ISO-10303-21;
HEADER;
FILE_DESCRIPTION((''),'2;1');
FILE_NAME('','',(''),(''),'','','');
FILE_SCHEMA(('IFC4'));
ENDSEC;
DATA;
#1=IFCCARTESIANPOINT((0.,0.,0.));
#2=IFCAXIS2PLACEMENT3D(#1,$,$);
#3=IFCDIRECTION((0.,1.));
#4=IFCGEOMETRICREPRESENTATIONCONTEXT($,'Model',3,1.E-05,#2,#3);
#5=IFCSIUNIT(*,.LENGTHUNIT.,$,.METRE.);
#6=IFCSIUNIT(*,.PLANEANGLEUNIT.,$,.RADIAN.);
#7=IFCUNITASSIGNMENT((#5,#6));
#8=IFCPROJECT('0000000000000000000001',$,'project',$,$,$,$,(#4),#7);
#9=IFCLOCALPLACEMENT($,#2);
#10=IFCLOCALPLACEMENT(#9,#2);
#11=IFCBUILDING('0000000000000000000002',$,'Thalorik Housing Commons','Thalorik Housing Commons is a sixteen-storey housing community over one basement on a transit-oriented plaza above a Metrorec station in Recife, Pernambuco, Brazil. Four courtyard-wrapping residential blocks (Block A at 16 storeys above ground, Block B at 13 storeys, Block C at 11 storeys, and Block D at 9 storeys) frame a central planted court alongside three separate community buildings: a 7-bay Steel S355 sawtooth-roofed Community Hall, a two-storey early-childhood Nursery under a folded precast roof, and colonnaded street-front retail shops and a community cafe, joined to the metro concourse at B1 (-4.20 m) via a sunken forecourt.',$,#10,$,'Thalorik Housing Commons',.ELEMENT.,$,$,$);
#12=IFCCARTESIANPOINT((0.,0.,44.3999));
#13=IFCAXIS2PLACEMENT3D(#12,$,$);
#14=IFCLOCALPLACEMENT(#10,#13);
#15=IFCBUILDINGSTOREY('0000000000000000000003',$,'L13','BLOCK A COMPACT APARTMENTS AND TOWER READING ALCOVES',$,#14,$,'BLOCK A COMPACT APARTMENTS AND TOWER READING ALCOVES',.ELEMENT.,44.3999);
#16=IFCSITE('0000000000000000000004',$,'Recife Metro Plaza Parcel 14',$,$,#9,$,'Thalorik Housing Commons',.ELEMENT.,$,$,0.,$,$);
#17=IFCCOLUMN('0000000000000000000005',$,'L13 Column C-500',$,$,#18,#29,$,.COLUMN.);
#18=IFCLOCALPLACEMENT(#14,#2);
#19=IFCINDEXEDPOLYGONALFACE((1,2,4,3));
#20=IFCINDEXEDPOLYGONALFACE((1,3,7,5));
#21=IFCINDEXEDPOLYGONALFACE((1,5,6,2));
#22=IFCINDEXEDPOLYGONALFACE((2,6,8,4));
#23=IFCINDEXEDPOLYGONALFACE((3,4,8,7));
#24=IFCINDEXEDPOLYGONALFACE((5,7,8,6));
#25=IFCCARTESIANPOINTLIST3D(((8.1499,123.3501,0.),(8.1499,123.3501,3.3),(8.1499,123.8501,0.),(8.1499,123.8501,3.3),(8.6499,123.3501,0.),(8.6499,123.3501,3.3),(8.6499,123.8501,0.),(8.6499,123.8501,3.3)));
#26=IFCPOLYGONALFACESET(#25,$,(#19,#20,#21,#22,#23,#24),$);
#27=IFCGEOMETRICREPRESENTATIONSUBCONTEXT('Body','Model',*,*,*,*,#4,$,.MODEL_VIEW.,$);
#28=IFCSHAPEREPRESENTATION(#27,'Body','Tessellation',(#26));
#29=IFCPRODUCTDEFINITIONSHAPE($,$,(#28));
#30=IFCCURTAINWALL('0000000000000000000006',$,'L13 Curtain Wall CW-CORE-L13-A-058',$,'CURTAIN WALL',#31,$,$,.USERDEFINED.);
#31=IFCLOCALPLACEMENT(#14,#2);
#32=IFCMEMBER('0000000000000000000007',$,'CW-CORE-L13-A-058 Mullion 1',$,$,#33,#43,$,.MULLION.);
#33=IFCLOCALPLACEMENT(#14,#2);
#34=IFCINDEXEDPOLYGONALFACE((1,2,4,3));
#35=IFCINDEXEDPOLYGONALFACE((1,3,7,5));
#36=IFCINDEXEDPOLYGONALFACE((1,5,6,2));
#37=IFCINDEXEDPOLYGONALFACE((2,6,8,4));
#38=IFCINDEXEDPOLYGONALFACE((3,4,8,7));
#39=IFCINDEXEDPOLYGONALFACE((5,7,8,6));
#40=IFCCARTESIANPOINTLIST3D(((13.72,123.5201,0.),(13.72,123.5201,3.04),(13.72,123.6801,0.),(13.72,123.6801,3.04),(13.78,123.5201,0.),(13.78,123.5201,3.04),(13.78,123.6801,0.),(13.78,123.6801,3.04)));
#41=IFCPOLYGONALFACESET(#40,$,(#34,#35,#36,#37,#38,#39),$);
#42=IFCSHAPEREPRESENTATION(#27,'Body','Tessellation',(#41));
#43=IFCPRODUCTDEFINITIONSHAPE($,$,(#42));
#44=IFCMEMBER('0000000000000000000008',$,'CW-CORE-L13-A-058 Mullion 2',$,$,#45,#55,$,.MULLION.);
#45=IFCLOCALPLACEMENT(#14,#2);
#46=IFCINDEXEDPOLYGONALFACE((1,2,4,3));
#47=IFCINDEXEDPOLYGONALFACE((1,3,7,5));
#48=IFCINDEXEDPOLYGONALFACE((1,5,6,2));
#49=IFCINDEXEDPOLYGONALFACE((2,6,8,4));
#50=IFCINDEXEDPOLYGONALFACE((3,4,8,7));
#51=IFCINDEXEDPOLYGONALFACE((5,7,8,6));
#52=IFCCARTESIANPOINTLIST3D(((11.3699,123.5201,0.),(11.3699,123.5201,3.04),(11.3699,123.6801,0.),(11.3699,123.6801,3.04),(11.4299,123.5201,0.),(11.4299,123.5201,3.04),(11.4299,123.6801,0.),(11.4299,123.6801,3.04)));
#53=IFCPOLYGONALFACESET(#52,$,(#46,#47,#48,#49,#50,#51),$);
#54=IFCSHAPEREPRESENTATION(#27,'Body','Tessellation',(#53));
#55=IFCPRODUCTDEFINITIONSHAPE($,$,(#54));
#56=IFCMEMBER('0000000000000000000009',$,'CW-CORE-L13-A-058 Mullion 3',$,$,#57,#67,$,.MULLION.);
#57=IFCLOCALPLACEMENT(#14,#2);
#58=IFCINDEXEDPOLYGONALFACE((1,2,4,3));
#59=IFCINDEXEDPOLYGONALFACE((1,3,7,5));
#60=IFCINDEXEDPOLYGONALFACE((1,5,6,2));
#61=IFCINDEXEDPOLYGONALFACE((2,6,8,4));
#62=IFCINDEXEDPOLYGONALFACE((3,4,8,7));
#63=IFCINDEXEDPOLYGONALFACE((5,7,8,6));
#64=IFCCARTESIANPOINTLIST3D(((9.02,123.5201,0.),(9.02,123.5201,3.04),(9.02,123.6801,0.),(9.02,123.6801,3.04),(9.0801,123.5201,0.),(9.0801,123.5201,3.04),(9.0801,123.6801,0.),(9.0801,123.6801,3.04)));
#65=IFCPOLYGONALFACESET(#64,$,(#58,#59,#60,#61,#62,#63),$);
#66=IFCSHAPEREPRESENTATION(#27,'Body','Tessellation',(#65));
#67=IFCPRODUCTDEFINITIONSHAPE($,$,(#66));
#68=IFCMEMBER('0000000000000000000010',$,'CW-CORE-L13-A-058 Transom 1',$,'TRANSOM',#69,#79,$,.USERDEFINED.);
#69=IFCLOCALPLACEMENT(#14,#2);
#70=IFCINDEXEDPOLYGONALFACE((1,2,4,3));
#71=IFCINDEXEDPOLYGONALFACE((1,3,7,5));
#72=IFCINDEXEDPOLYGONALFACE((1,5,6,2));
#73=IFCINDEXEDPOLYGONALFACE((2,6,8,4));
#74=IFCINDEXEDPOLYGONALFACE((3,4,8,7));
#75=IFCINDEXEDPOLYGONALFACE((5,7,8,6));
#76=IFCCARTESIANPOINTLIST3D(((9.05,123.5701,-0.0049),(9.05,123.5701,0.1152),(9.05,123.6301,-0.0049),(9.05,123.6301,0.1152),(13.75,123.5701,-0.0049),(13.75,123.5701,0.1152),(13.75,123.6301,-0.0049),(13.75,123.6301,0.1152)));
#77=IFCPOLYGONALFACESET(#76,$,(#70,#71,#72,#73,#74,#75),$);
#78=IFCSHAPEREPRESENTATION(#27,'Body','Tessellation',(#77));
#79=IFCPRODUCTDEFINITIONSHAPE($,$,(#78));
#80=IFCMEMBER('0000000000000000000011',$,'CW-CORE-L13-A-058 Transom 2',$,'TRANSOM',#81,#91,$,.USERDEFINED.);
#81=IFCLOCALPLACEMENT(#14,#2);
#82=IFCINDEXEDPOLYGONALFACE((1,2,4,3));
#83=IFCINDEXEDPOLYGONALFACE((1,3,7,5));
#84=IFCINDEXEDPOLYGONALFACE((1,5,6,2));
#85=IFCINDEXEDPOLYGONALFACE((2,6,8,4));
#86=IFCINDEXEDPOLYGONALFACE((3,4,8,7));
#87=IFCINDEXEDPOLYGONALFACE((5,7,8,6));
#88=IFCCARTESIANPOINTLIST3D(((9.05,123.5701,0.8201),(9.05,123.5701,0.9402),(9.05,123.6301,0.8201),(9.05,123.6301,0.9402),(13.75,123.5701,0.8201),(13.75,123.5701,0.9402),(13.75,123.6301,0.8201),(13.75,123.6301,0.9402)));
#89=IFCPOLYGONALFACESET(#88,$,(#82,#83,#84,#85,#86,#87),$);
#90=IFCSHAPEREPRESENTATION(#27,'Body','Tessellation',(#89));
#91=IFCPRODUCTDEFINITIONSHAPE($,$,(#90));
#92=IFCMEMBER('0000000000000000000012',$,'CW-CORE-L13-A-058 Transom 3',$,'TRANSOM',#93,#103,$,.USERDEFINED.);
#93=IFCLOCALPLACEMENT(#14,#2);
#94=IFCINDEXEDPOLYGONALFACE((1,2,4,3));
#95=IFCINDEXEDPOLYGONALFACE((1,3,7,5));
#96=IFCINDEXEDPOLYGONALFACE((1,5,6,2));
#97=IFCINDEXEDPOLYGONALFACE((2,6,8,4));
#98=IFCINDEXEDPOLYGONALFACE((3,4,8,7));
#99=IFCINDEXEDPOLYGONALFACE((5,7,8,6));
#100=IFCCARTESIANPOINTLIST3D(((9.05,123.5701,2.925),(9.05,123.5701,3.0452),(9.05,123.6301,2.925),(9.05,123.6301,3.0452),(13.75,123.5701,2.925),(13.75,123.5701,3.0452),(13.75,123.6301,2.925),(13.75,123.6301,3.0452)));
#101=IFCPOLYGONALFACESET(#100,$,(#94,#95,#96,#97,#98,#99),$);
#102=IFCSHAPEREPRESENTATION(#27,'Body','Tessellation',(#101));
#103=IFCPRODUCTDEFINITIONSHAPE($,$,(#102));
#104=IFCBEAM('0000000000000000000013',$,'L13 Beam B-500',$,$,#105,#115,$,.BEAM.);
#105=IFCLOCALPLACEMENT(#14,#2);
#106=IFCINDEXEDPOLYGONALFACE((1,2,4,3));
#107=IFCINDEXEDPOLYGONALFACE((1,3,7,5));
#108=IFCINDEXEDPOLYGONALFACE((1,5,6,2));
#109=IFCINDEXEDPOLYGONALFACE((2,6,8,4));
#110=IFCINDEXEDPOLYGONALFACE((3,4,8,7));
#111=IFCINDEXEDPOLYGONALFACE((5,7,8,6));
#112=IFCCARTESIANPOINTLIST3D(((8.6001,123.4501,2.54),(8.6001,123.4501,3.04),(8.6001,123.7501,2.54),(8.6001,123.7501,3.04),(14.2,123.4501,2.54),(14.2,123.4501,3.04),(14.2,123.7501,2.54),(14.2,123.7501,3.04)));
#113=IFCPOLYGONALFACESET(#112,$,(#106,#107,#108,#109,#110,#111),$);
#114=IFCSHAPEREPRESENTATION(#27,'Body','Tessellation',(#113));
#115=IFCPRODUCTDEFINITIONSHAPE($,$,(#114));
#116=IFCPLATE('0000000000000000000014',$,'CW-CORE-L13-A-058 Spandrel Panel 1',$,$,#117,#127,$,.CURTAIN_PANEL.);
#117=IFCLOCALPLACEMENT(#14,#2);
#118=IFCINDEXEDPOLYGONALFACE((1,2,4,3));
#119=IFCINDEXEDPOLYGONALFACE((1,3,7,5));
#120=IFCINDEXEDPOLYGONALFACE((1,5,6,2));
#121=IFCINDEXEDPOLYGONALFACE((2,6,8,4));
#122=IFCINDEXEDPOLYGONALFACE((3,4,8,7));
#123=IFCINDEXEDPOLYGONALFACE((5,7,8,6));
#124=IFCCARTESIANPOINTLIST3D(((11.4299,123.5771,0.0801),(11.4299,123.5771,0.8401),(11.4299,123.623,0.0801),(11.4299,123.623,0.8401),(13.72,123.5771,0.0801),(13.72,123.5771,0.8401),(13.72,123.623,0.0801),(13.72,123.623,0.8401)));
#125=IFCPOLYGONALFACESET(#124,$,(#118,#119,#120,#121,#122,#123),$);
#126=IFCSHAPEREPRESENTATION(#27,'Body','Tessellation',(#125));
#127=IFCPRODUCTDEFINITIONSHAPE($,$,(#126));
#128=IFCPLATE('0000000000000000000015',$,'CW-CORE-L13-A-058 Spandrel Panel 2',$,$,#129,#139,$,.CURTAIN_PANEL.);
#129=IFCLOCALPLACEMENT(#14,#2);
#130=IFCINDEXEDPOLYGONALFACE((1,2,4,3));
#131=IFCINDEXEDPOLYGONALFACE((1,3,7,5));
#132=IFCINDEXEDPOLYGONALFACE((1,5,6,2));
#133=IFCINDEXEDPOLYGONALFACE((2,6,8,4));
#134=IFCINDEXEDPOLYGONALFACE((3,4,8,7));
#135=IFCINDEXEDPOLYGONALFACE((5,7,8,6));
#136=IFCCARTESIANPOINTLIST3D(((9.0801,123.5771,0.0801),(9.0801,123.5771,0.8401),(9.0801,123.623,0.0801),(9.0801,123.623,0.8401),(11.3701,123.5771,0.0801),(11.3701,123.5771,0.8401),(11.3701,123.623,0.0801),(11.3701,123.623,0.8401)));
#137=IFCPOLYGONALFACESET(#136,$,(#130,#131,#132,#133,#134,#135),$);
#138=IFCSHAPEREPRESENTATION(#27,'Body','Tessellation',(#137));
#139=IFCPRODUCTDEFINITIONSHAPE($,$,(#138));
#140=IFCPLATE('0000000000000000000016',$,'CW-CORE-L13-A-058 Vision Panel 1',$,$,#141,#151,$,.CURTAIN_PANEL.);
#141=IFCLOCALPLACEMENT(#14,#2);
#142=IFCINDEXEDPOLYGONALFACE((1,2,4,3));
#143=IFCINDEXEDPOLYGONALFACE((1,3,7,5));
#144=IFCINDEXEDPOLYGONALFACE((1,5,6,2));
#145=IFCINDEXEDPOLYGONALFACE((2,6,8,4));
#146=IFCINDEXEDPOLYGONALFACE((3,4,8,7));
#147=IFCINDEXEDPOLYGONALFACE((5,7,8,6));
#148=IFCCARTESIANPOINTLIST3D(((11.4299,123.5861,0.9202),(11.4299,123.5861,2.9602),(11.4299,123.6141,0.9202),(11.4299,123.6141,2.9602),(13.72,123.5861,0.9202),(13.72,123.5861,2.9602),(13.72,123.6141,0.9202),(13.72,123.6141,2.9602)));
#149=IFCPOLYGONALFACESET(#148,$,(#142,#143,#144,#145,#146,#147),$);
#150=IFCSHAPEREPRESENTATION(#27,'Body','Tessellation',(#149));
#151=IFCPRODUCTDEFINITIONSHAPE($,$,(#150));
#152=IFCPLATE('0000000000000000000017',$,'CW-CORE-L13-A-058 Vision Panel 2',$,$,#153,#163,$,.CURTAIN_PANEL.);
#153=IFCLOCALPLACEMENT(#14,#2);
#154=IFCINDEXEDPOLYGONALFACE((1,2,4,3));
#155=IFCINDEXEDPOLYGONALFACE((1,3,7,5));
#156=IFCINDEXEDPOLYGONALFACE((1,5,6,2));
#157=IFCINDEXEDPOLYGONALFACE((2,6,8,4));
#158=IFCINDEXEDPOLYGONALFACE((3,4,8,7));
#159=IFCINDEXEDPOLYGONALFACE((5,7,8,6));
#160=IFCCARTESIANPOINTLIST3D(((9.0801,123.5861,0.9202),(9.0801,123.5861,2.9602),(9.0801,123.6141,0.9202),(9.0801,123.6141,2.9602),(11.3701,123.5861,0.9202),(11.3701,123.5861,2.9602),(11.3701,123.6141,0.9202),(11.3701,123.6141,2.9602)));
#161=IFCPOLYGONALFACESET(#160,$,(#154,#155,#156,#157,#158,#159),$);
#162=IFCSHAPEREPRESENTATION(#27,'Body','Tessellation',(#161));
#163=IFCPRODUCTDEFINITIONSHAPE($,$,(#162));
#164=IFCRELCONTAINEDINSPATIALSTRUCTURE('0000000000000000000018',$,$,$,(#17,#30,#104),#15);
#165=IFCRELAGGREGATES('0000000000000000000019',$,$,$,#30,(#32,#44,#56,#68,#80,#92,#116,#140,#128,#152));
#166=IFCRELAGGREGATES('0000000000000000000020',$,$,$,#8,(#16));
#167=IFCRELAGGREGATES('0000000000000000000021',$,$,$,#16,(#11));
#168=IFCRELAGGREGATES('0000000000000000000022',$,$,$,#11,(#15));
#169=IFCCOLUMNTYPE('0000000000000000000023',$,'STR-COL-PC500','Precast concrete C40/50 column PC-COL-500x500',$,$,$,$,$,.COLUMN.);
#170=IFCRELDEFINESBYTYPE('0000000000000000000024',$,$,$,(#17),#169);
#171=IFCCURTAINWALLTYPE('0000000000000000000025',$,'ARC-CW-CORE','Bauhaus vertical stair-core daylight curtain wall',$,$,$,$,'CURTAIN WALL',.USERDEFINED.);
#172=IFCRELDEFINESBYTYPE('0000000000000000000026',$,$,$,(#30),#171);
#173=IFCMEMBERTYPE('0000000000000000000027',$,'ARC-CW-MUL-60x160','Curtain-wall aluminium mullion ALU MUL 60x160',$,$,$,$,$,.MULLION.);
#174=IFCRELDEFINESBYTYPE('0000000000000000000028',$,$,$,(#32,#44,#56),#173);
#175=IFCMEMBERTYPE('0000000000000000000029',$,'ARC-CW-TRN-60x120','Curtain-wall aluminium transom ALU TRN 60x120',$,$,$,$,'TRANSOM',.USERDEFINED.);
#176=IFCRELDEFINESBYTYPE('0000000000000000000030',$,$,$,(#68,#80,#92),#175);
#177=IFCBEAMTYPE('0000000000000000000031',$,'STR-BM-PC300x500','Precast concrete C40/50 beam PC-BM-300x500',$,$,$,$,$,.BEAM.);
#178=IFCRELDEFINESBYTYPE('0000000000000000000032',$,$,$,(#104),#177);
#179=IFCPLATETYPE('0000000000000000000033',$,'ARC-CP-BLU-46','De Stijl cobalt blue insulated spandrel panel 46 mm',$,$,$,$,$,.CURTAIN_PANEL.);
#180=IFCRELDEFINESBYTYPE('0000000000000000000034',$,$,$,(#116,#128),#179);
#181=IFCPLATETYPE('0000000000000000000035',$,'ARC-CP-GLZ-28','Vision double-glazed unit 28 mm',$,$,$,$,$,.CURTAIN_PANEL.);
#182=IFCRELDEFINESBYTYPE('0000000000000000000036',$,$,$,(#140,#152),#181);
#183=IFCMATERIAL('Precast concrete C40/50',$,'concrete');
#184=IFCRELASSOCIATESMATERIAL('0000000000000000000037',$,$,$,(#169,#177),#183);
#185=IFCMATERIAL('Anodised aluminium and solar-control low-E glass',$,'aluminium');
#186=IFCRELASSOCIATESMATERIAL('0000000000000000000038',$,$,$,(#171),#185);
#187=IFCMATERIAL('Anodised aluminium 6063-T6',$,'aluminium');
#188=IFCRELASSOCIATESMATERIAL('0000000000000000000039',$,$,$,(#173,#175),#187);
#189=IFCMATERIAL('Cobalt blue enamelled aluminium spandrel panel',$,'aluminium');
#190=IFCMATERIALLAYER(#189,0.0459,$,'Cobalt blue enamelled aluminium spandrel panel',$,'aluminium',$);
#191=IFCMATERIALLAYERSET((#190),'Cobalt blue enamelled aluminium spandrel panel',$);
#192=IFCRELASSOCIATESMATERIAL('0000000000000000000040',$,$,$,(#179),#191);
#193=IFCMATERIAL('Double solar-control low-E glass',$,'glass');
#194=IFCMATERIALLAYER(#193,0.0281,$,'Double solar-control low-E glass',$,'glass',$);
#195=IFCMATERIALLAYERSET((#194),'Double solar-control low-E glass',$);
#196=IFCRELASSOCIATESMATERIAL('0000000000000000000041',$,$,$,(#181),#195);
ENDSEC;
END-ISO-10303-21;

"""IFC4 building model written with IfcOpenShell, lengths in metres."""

from ifc_helpers import new_model, si_unit, direction, frame, origin, origin_2d, place, context, subcontext, project, spatial, rectangle, extrude, material, layer, layer_set, material_profile, profile_set, type_object, element, aggregate, save


model = new_model("IFC4")

# Units and contexts
model_context = context("Model", 3, precision=1e-05, world=origin(), true_north=direction((0.0, 1.0)))
body_context = subcontext(model_context, "Body", "Model", "MODEL_VIEW")
ifc_project = project(units=[si_unit("LENGTHUNIT", "METRE"), si_unit("PLANEANGLEUNIT", "RADIAN")], contexts=[model_context])

# Site, building, storey
site_placement = place(None, origin())
site = spatial("IfcSite", under=ifc_project, at=site_placement, Name="Recife Metro Plaza Parcel 14", LongName="Thalorik Housing Commons", CompositionType="ELEMENT", RefElevation=0.0)
building_placement = place(site_placement, origin())
building = spatial("IfcBuilding", under=site, at=building_placement, Name="Thalorik Housing Commons", Description="Thalorik Housing Commons is a sixteen-storey housing community over one basement on a transit-oriented plaza above a Metrorec station in Recife, Pernambuco, Brazil. Four courtyard-wrapping residential blocks (Block A at 16 storeys above ground, Block B at 13 storeys, Block C at 11 storeys, and Block D at 9 storeys) frame a central planted court alongside three separate community buildings: a 7-bay Steel S355 sawtooth-roofed Community Hall, a two-storey early-childhood Nursery under a folded precast roof, and colonnaded street-front retail shops and a community cafe, joined to the metro concourse at B1 (-4.20 m) via a sunken forecourt.", LongName="Thalorik Housing Commons", CompositionType="ELEMENT")
storey_placement = place(building_placement, frame((0.0, 0.0, 44.3999)))
storey = spatial("IfcBuildingStorey", under=building, at=storey_placement, Name="L13", Description="BLOCK A COMPACT APARTMENTS AND TOWER READING ALCOVES", LongName="BLOCK A COMPACT APARTMENTS AND TOWER READING ALCOVES", CompositionType="ELEMENT", Elevation=44.3999)

# Column
ifc_material_1 = material(Name="Precast concrete C40/50", Category="concrete")
ifc_material_profile_1 = material_profile(ifc_material_1, rectangle(XDim=0.5, YDim=0.5, at=origin_2d()), Name="PC 500x500", Category="concrete")
ifc_profile_set_1 = profile_set([ifc_material_profile_1], Name="Precast concrete C40/50")
column_type = type_object("IfcColumnType", Name="STR-COL-PC500", Description="Precast concrete C40/50 column PC-COL-500x500", PredefinedType="COLUMN", material=ifc_profile_set_1)
column_placement = place(storey_placement, frame((8.3999, 123.6001, 0.0), z_axis=(0.0, 0.0, 1.0), x_axis=(1.0, 0.0, 0.0)))
element("IfcColumn", 1, at=column_placement, inside=storey, type_object=column_type, Name="L13 Column C-500", PredefinedType="COLUMN", context=body_context, shape_type="SweptSolid", body=[
    extrude(rectangle(XDim=0.5, YDim=0.5, at=origin_2d()), origin(), (0.0, 0.0, 1.0), 3.3),
])

# Curtain wall, members
ifc_material_2 = material(Name="Anodised aluminium and solar-control low-E glass", Category="aluminium")
curtain_wall_type = type_object("IfcCurtainWallType", Name="ARC-CW-CORE", Description="Bauhaus vertical stair-core daylight curtain wall", ElementType="CURTAIN WALL", PredefinedType="USERDEFINED", material=ifc_material_2)
curtain_wall_placement = place(storey_placement, origin())
curtain_wall = element("IfcCurtainWall", 2, at=curtain_wall_placement, inside=storey, type_object=curtain_wall_type, Name="L13 Curtain Wall CW-CORE-L13-A-058", ObjectType="CURTAIN WALL", PredefinedType="USERDEFINED")
ifc_material_3 = material(Name="Anodised aluminium 6063-T6", Category="aluminium")
ifc_material_profile_2 = material_profile(ifc_material_3, rectangle(XDim=0.0601, YDim=0.1599, at=origin_2d()), Name="ALU MUL 60x160", Category="aluminium")
ifc_profile_set_2 = profile_set([ifc_material_profile_2], Name="Anodised aluminium 6063-T6")
member_type_1 = type_object("IfcMemberType", Name="ARC-CW-MUL-60x160", Description="Curtain-wall aluminium mullion ALU MUL 60x160", PredefinedType="MULLION", material=ifc_profile_set_2)
member_1_placement = place(storey_placement, frame((13.75, 123.6001, 0.0), z_axis=(0.0, 0.0, 1.0), x_axis=(-1.0, 0.0, 0.0)))
member_1 = element("IfcMember", 3, at=member_1_placement, type_object=member_type_1, Name="CW-CORE-L13-A-058 Mullion 1", PredefinedType="MULLION", context=body_context, shape_type="SweptSolid", body=[
    extrude(rectangle(XDim=0.0601, YDim=0.1599, at=origin_2d()), origin(), (0.0, 0.0, 1.0), 3.04),
])
member_2_placement = place(storey_placement, frame((11.3999, 123.6001, 0.0), z_axis=(0.0, 0.0, 1.0), x_axis=(-1.0, 0.0, 0.0)))
member_2 = element("IfcMember", 4, at=member_2_placement, type_object=member_type_1, Name="CW-CORE-L13-A-058 Mullion 2", PredefinedType="MULLION", context=body_context, shape_type="SweptSolid", body=[
    extrude(rectangle(XDim=0.0601, YDim=0.1599, at=origin_2d()), origin(), (0.0, 0.0, 1.0), 3.04),
])
member_3_placement = place(storey_placement, frame((9.05, 123.6001, 0.0), z_axis=(0.0, 0.0, 1.0), x_axis=(-1.0, 0.0, 0.0)))
member_3 = element("IfcMember", 5, at=member_3_placement, type_object=member_type_1, Name="CW-CORE-L13-A-058 Mullion 3", PredefinedType="MULLION", context=body_context, shape_type="SweptSolid", body=[
    extrude(rectangle(XDim=0.0601, YDim=0.1599, at=origin_2d()), origin(), (0.0, 0.0, 1.0), 3.04),
])
ifc_material_profile_3 = material_profile(ifc_material_3, rectangle(XDim=0.0601, YDim=0.1201, at=origin_2d()), Name="ALU TRN 60x120", Category="aluminium")
ifc_profile_set_3 = profile_set([ifc_material_profile_3], Name="Anodised aluminium 6063-T6")
member_type_2 = type_object("IfcMemberType", Name="ARC-CW-TRN-60x120", Description="Curtain-wall aluminium transom ALU TRN 60x120", ElementType="TRANSOM", PredefinedType="USERDEFINED", material=ifc_profile_set_3)
member_4_placement = place(storey_placement, frame((13.75, 123.6001, 0.0552), z_axis=(-1.0, 0.0, 0.0), x_axis=(0.0, -1.0, 0.0)))
member_4 = element("IfcMember", 6, at=member_4_placement, type_object=member_type_2, Name="CW-CORE-L13-A-058 Transom 1", ObjectType="TRANSOM", PredefinedType="USERDEFINED", context=body_context, shape_type="SweptSolid", body=[
    extrude(rectangle(XDim=0.0601, YDim=0.1201, at=origin_2d()), origin(), (0.0, 0.0, 1.0), 4.7),
])
member_5_placement = place(storey_placement, frame((13.75, 123.6001, 0.8801), z_axis=(-1.0, 0.0, 0.0), x_axis=(0.0, -1.0, 0.0)))
member_5 = element("IfcMember", 7, at=member_5_placement, type_object=member_type_2, Name="CW-CORE-L13-A-058 Transom 2", ObjectType="TRANSOM", PredefinedType="USERDEFINED", context=body_context, shape_type="SweptSolid", body=[
    extrude(rectangle(XDim=0.0601, YDim=0.1201, at=origin_2d()), origin(), (0.0, 0.0, 1.0), 4.7),
])
member_6_placement = place(storey_placement, frame((13.75, 123.6001, 2.9851), z_axis=(-1.0, 0.0, 0.0), x_axis=(0.0, -1.0, 0.0)))
member_6 = element("IfcMember", 8, at=member_6_placement, type_object=member_type_2, Name="CW-CORE-L13-A-058 Transom 3", ObjectType="TRANSOM", PredefinedType="USERDEFINED", context=body_context, shape_type="SweptSolid", body=[
    extrude(rectangle(XDim=0.0601, YDim=0.1201, at=origin_2d()), origin(), (0.0, 0.0, 1.0), 4.7),
])

# Beam
ifc_material_profile_4 = material_profile(ifc_material_1, rectangle(XDim=0.3, YDim=0.5, at=origin_2d()), Name="PC 300x500", Category="concrete")
ifc_profile_set_4 = profile_set([ifc_material_profile_4], Name="Precast concrete C40/50")
beam_type = type_object("IfcBeamType", Name="STR-BM-PC300x500", Description="Precast concrete C40/50 beam PC-BM-300x500", PredefinedType="BEAM", material=ifc_profile_set_4)
beam_placement = place(storey_placement, frame((8.6001, 123.6001, 2.79), z_axis=(1.0, 0.0, 0.0), x_axis=(0.0, 1.0, 0.0)))
element("IfcBeam", 9, at=beam_placement, inside=storey, type_object=beam_type, Name="L13 Beam B-500", PredefinedType="BEAM", context=body_context, shape_type="SweptSolid", body=[
    extrude(rectangle(XDim=0.3, YDim=0.5, at=origin_2d()), origin(), (0.0, 0.0, 1.0), 5.5999),
])

# Plates
ifc_material_4 = material(Name="Cobalt blue enamelled aluminium spandrel panel", Category="aluminium")
ifc_layer_1 = layer(ifc_material_4, 0.0459, Name="Cobalt blue enamelled aluminium spandrel panel", Category="aluminium")
ifc_layer_set_1 = layer_set([ifc_layer_1], Name="Cobalt blue enamelled aluminium spandrel panel")
plate_type_1 = type_object("IfcPlateType", Name="ARC-CP-BLU-46", Description="De Stijl cobalt blue insulated spandrel panel 46 mm", PredefinedType="CURTAIN_PANEL", material=ifc_layer_set_1)
plate_1_placement = place(storey_placement, frame((12.575, 123.6001, 0.0801), z_axis=(0.0, 0.0, 1.0), x_axis=(-1.0, 0.0, 0.0)))
plate_1 = element("IfcPlate", 10, at=plate_1_placement, type_object=plate_type_1, Name="CW-CORE-L13-A-058 Spandrel Panel 1", PredefinedType="CURTAIN_PANEL", context=body_context, shape_type="SweptSolid", body=[
    extrude(rectangle(XDim=2.29, YDim=0.0459, at=origin_2d()), origin(), (0.0, 0.0, 1.0), 0.76),
])
plate_2_placement = place(storey_placement, frame((10.2251, 123.6001, 0.0801), z_axis=(0.0, 0.0, 1.0), x_axis=(-1.0, 0.0, 0.0)))
plate_2 = element("IfcPlate", 11, at=plate_2_placement, type_object=plate_type_1, Name="CW-CORE-L13-A-058 Spandrel Panel 2", PredefinedType="CURTAIN_PANEL", context=body_context, shape_type="SweptSolid", body=[
    extrude(rectangle(XDim=2.29, YDim=0.0459, at=origin_2d()), origin(), (0.0, 0.0, 1.0), 0.76),
])
ifc_material_5 = material(Name="Double solar-control low-E glass", Category="glass")
ifc_layer_2 = layer(ifc_material_5, 0.0281, Name="Double solar-control low-E glass", Category="glass")
ifc_layer_set_2 = layer_set([ifc_layer_2], Name="Double solar-control low-E glass")
plate_type_2 = type_object("IfcPlateType", Name="ARC-CP-GLZ-28", Description="Vision double-glazed unit 28 mm", PredefinedType="CURTAIN_PANEL", material=ifc_layer_set_2)
plate_3_placement = place(storey_placement, frame((12.575, 123.6001, 0.9202), z_axis=(0.0, 0.0, 1.0), x_axis=(-1.0, 0.0, 0.0)))
plate_3 = element("IfcPlate", 12, at=plate_3_placement, type_object=plate_type_2, Name="CW-CORE-L13-A-058 Vision Panel 1", PredefinedType="CURTAIN_PANEL", context=body_context, shape_type="SweptSolid", body=[
    extrude(rectangle(XDim=2.29, YDim=0.0281, at=origin_2d()), origin(), (0.0, 0.0, 1.0), 2.04),
])
plate_4_placement = place(storey_placement, frame((10.2251, 123.6001, 0.9202), z_axis=(0.0, 0.0, 1.0), x_axis=(-1.0, 0.0, 0.0)))
plate_4 = element("IfcPlate", 13, at=plate_4_placement, type_object=plate_type_2, Name="CW-CORE-L13-A-058 Vision Panel 2", PredefinedType="CURTAIN_PANEL", context=body_context, shape_type="SweptSolid", body=[
    extrude(rectangle(XDim=2.29, YDim=0.0281, at=origin_2d()), origin(), (0.0, 0.0, 1.0), 2.04),
])
aggregate(curtain_wall, [member_1, member_2, member_3, member_4, member_5, member_6, plate_1, plate_3, plate_2, plate_4])

save(model, "model.ifc")
